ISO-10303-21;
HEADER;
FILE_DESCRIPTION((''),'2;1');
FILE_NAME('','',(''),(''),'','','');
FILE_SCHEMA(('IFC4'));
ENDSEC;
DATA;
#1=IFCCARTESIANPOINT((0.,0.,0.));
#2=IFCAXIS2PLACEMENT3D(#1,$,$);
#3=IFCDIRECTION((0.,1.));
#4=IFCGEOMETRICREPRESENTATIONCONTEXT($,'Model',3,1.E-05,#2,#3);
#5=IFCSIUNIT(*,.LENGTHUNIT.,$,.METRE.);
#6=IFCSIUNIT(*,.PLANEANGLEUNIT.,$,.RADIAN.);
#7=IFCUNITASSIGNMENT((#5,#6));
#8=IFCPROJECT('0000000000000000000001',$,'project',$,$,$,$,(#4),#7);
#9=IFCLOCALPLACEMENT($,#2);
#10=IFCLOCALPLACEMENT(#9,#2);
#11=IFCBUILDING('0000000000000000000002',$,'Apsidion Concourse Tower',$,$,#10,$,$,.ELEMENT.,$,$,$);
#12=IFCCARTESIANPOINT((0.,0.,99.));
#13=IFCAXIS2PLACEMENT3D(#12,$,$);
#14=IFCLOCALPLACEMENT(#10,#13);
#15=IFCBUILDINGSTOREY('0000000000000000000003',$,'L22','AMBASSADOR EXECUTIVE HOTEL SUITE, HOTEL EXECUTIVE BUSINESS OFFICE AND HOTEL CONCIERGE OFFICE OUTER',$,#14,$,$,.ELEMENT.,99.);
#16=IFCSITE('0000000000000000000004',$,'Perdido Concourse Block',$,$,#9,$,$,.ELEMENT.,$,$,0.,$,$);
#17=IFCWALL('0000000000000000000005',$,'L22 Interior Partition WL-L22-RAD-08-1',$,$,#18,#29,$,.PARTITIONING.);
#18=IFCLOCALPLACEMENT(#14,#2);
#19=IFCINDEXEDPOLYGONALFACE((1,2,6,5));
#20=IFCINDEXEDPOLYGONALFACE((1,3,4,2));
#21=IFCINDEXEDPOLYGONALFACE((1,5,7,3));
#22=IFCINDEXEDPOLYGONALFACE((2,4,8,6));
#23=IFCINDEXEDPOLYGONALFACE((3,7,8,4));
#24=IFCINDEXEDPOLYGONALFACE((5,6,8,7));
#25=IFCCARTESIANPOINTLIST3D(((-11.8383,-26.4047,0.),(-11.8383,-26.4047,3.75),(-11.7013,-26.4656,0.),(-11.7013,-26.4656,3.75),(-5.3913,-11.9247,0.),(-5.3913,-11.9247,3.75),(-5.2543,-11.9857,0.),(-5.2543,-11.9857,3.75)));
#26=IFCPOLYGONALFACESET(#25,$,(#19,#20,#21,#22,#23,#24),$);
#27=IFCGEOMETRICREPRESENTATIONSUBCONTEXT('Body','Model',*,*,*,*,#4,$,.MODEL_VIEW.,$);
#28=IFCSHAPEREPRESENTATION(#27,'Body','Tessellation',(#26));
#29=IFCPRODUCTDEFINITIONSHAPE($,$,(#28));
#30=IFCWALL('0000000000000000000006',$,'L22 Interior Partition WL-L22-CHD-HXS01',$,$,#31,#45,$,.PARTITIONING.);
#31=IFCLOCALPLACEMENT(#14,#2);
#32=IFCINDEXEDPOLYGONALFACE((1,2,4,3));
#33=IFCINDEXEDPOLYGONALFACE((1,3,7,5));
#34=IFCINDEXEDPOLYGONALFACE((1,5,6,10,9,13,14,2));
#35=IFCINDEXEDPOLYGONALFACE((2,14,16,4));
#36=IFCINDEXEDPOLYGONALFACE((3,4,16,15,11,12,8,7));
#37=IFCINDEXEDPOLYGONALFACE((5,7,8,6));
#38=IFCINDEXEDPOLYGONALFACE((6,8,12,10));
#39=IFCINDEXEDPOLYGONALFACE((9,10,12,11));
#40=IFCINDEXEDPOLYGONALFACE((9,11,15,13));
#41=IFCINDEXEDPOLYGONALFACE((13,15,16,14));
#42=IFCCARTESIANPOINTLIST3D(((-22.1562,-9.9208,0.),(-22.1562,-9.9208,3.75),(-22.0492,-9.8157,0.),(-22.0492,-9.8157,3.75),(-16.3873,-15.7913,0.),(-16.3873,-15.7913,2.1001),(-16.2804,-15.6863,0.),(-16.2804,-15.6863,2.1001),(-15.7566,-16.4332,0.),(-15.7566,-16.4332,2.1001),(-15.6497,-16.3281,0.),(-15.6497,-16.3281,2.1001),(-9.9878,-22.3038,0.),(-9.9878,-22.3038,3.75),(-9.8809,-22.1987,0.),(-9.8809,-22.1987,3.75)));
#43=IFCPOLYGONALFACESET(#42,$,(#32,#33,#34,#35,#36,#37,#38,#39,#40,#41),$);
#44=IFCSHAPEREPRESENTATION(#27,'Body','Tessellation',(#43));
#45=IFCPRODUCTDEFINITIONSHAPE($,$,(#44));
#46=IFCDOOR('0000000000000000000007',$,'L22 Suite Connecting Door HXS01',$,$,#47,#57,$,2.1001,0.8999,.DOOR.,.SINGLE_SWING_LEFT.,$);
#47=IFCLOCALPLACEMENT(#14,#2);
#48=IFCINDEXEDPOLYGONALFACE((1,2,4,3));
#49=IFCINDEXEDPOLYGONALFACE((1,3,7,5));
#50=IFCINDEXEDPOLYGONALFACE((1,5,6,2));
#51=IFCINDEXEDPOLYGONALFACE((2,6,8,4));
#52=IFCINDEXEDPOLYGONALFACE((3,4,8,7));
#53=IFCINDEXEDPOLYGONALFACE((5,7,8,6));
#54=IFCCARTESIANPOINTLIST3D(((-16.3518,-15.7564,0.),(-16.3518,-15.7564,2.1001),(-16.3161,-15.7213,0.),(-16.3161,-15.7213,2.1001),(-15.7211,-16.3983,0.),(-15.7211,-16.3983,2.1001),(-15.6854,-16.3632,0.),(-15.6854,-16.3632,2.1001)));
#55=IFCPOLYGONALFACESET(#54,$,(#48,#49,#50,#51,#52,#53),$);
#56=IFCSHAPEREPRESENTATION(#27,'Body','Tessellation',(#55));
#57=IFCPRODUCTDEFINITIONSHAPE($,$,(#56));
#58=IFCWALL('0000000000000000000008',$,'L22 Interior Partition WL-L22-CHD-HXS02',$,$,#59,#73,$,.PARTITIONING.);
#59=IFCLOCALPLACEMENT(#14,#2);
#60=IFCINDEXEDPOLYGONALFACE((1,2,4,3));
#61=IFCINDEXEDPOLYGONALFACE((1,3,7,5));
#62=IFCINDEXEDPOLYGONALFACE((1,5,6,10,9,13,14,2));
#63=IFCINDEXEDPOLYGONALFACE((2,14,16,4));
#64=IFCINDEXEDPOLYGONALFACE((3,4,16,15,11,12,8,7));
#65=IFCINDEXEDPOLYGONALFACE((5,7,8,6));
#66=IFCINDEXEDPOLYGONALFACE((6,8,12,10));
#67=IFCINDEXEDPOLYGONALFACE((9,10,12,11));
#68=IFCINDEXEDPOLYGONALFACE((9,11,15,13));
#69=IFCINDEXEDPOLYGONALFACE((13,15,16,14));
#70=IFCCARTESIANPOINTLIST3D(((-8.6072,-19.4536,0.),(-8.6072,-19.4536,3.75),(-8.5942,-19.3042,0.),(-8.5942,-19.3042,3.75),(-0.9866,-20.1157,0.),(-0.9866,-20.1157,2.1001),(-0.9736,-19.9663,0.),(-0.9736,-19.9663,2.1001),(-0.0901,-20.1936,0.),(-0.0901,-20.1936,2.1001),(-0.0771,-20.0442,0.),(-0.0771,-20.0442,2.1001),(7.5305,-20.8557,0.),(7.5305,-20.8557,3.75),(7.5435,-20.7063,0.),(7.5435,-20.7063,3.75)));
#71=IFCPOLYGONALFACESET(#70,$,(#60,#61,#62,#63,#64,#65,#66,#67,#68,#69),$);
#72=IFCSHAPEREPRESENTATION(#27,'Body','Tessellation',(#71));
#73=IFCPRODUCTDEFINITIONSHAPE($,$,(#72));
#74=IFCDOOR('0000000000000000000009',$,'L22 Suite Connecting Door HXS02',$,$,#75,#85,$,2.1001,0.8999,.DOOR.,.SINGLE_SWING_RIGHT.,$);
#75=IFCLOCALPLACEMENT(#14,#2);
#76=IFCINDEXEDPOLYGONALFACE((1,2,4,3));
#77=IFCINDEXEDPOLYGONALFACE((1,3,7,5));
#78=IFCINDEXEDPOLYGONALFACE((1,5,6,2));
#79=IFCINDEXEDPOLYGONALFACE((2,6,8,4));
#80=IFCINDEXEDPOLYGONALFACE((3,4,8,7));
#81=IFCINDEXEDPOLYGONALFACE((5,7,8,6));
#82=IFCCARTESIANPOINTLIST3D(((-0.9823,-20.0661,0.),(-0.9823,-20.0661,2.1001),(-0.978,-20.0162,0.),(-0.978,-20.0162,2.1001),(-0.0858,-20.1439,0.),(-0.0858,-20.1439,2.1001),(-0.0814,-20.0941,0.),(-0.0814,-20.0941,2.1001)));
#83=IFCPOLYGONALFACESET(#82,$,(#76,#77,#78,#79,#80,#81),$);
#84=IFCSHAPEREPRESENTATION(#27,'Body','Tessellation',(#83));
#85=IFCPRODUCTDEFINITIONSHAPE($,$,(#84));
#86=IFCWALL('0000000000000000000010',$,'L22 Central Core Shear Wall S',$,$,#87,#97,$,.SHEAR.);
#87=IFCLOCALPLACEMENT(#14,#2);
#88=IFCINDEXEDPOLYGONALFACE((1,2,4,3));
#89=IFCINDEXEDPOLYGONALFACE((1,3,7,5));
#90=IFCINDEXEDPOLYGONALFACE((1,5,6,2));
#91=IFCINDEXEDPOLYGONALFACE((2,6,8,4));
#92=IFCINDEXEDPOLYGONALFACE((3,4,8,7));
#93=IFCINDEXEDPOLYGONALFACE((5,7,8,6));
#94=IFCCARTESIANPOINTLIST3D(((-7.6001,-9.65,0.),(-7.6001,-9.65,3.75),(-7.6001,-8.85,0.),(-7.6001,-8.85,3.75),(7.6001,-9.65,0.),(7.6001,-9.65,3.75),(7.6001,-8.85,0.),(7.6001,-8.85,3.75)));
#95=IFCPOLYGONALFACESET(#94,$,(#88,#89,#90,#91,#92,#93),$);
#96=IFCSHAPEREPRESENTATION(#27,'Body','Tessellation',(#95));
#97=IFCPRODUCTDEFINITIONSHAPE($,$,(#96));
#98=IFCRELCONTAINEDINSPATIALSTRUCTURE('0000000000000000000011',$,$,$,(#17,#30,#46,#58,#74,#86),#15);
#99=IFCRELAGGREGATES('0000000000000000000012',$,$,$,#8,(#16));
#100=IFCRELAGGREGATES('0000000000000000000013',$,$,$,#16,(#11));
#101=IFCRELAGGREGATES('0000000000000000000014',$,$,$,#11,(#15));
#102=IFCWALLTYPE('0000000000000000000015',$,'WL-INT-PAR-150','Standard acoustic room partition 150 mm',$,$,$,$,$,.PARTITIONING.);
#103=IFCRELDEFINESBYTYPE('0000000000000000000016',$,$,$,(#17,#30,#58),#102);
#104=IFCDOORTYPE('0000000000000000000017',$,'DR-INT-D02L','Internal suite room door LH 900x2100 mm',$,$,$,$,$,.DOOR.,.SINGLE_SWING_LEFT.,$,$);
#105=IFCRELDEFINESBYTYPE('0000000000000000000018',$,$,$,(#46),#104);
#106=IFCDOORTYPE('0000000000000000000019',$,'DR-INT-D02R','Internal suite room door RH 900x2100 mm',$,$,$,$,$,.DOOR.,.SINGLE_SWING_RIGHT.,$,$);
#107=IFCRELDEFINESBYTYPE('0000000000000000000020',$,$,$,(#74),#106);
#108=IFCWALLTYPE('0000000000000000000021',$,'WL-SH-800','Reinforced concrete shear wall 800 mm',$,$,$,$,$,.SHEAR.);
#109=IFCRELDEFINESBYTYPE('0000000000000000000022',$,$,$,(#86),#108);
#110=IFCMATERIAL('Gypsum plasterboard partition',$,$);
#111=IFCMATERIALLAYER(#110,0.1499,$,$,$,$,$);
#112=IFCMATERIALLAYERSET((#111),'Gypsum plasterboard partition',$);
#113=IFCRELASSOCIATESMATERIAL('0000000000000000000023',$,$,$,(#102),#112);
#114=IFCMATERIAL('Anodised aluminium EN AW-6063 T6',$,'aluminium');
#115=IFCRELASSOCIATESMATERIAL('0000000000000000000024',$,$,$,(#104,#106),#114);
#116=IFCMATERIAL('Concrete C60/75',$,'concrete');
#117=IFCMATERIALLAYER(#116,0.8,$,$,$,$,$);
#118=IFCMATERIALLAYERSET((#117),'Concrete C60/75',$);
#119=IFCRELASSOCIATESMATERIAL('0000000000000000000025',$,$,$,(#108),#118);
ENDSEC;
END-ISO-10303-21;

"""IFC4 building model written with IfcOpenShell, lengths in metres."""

from ifc_helpers import new_model, si_unit, direction, frame, frame_2d, origin, place, context, subcontext, project, spatial, rectangle, extrude, material, layer, layer_set, type_object, element, fill, save


model = new_model("IFC4")

# Units and contexts
model_context = context("Model", 3, precision=1e-05, world=origin(), true_north=direction((0.0, 1.0)))
body_context = subcontext(model_context, "Body", "Model", "MODEL_VIEW")
ifc_project = project(units=[si_unit("LENGTHUNIT", "METRE"), si_unit("PLANEANGLEUNIT", "RADIAN")], contexts=[model_context])

# Site, building, storey
site_placement = place(None, origin())
site = spatial("IfcSite", under=ifc_project, at=site_placement, Name="Perdido Concourse Block", CompositionType="ELEMENT", RefElevation=0.0)
building_placement = place(site_placement, origin())
building = spatial("IfcBuilding", under=site, at=building_placement, Name="Apsidion Concourse Tower", CompositionType="ELEMENT")
storey_placement = place(building_placement, frame((0.0, 0.0, 99.0)))
storey = spatial("IfcBuildingStorey", under=building, at=storey_placement, Name="L22", Description="AMBASSADOR EXECUTIVE HOTEL SUITE, HOTEL EXECUTIVE BUSINESS OFFICE AND HOTEL CONCIERGE OFFICE OUTER", CompositionType="ELEMENT", Elevation=99.0)

# Shared definitions
ifc_material_1 = material(Name="Concrete C60/75", Category="concrete")

# Shared definitions
ifc_material_2 = material(Name="Anodised aluminium EN AW-6063 T6", Category="aluminium")

# Shared definitions
ifc_material_3 = material(Name="Gypsum plasterboard partition")
ifc_layer_1 = layer(ifc_material_3, 0.1499)
ifc_layer_set_1 = layer_set([ifc_layer_1], Name="Gypsum plasterboard partition")
wall_type_1 = type_object("IfcWallType", Name="WL-INT-PAR-150", Description="Standard acoustic room partition 150 mm", PredefinedType="PARTITIONING", material=ifc_layer_set_1)

# Wall
wall_1_placement = place(storey_placement, frame((-5.3228, -11.9551, 0.0), z_axis=(0.0, 0.0, 1.0), x_axis=(-0.406743, -0.913543, 0.0)))
element("IfcWall", 1, at=wall_1_placement, inside=storey, type_object=wall_type_1, Name="L22 Interior Partition WL-L22-RAD-08-1", PredefinedType="PARTITIONING", context=body_context, shape_type="SweptSolid", body=[
    extrude(rectangle(XDim=15.8503, YDim=0.1499, at=frame_2d((7.9253, 0.0))), origin(), (0.0, 0.0, 1.0), 3.75),
])

# Walls, openings, doors
wall_2_placement = place(storey_placement, frame((-22.1028, -9.8682, 0.0), z_axis=(0.0, 0.0, 1.0), x_axis=(0.700899, -0.71326, 0.0)))
wall_2 = element("IfcWall", 2, at=wall_2_placement, inside=storey, type_object=wall_type_1, Name="L22 Interior Partition WL-L22-CHD-HXS01", PredefinedType="PARTITIONING", context=body_context, shape_type="SweptSolid", body=[
    extrude(rectangle(XDim=17.3611, YDim=0.1499, at=frame_2d((8.6807, 0.0))), origin(), (0.0, 0.0, 1.0), 3.75),
])
opening_1_placement = place(wall_2_placement, frame((8.2307, 0.0, 0.0)))
opening_1 = element("IfcOpeningElement", 3, at=opening_1_placement, cuts=wall_2, PredefinedType="OPENING", context=body_context, shape_type="SweptSolid", body=[
    extrude(rectangle(XDim=0.8999, YDim=2.1001, at=frame_2d((0.45, 1.05))), frame((0.0, 0.085, 0.0), z_axis=(0.0, -1.0, 0.0), x_axis=(1.0, 0.0, 0.0)), (0.0, 0.0, 1.0), 0.1699),
])
door_type_1 = type_object("IfcDoorType", Name="DR-INT-D02L", Description="Internal suite room door LH 900x2100 mm", OperationType="SINGLE_SWING_LEFT", PredefinedType="DOOR", material=ifc_material_2)
door_1_placement = place(opening_1_placement, origin())
door_1 = element("IfcDoor", 4, at=door_1_placement, inside=storey, type_object=door_type_1, Name="L22 Suite Connecting Door HXS01", OperationType="SINGLE_SWING_LEFT", OverallHeight=2.1001, OverallWidth=0.8999, PredefinedType="DOOR", context=body_context, shape_type="SweptSolid", body=[
    extrude(rectangle(XDim=0.8999, YDim=2.1001, at=frame_2d((0.45, 1.05))), frame((0.0, 0.0249, 0.0), z_axis=(0.0, -1.0, 0.0), x_axis=(1.0, 0.0, 0.0)), (0.0, 0.0, 1.0), 0.05),
])
fill(opening_1, door_1)
wall_3_placement = place(storey_placement, frame((-8.6006, -19.3789, 0.0), z_axis=(0.0, 0.0, 1.0), x_axis=(0.996247, -0.086557, 0.0)))
wall_3 = element("IfcWall", 5, at=wall_3_placement, inside=storey, type_object=wall_type_1, Name="L22 Interior Partition WL-L22-CHD-HXS02", PredefinedType="PARTITIONING", context=body_context, shape_type="SweptSolid", body=[
    extrude(rectangle(XDim=16.1985, YDim=0.1499, at=frame_2d((8.0991, 0.0))), origin(), (0.0, 0.0, 1.0), 3.75),
])
opening_2_placement = place(wall_3_placement, frame((7.6492, 0.0, 0.0)))
opening_2 = element("IfcOpeningElement", 6, at=opening_2_placement, cuts=wall_3, PredefinedType="OPENING", context=body_context, shape_type="SweptSolid", body=[
    extrude(rectangle(XDim=0.8999, YDim=2.1001, at=frame_2d((0.45, 1.05))), frame((0.0, 0.085, 0.0), z_axis=(0.0, -1.0, 0.0), x_axis=(1.0, 0.0, 0.0)), (0.0, 0.0, 1.0), 0.1699),
])
door_type_2 = type_object("IfcDoorType", Name="DR-INT-D02R", Description="Internal suite room door RH 900x2100 mm", OperationType="SINGLE_SWING_RIGHT", PredefinedType="DOOR", material=ifc_material_2)
door_2_placement = place(opening_2_placement, origin())
door_2 = element("IfcDoor", 7, at=door_2_placement, inside=storey, type_object=door_type_2, Name="L22 Suite Connecting Door HXS02", OperationType="SINGLE_SWING_RIGHT", OverallHeight=2.1001, OverallWidth=0.8999, PredefinedType="DOOR", context=body_context, shape_type="SweptSolid", body=[
    extrude(rectangle(XDim=0.8999, YDim=2.1001, at=frame_2d((0.45, 1.05))), frame((0.0, 0.0249, 0.0), z_axis=(0.0, -1.0, 0.0), x_axis=(1.0, 0.0, 0.0)), (0.0, 0.0, 1.0), 0.05),
])
fill(opening_2, door_2)

# Shared definitions
ifc_layer_2 = layer(ifc_material_1, 0.8)
ifc_layer_set_2 = layer_set([ifc_layer_2], Name="Concrete C60/75")
wall_type_2 = type_object("IfcWallType", Name="WL-SH-800", Description="Reinforced concrete shear wall 800 mm", PredefinedType="SHEAR", material=ifc_layer_set_2)

# Wall
wall_4_placement = place(storey_placement, frame((-7.6001, -9.25, 0.0), z_axis=(0.0, 0.0, 1.0), x_axis=(1.0, 0.0, 0.0)))
element("IfcWall", 8, at=wall_4_placement, inside=storey, type_object=wall_type_2, Name="L22 Central Core Shear Wall S", PredefinedType="SHEAR", context=body_context, shape_type="SweptSolid", body=[
    extrude(rectangle(XDim=15.2002, YDim=0.8, at=frame_2d((7.6001, 0.0))), origin(), (0.0, 0.0, 1.0), 3.75),
])

save(model, "model.ifc")
